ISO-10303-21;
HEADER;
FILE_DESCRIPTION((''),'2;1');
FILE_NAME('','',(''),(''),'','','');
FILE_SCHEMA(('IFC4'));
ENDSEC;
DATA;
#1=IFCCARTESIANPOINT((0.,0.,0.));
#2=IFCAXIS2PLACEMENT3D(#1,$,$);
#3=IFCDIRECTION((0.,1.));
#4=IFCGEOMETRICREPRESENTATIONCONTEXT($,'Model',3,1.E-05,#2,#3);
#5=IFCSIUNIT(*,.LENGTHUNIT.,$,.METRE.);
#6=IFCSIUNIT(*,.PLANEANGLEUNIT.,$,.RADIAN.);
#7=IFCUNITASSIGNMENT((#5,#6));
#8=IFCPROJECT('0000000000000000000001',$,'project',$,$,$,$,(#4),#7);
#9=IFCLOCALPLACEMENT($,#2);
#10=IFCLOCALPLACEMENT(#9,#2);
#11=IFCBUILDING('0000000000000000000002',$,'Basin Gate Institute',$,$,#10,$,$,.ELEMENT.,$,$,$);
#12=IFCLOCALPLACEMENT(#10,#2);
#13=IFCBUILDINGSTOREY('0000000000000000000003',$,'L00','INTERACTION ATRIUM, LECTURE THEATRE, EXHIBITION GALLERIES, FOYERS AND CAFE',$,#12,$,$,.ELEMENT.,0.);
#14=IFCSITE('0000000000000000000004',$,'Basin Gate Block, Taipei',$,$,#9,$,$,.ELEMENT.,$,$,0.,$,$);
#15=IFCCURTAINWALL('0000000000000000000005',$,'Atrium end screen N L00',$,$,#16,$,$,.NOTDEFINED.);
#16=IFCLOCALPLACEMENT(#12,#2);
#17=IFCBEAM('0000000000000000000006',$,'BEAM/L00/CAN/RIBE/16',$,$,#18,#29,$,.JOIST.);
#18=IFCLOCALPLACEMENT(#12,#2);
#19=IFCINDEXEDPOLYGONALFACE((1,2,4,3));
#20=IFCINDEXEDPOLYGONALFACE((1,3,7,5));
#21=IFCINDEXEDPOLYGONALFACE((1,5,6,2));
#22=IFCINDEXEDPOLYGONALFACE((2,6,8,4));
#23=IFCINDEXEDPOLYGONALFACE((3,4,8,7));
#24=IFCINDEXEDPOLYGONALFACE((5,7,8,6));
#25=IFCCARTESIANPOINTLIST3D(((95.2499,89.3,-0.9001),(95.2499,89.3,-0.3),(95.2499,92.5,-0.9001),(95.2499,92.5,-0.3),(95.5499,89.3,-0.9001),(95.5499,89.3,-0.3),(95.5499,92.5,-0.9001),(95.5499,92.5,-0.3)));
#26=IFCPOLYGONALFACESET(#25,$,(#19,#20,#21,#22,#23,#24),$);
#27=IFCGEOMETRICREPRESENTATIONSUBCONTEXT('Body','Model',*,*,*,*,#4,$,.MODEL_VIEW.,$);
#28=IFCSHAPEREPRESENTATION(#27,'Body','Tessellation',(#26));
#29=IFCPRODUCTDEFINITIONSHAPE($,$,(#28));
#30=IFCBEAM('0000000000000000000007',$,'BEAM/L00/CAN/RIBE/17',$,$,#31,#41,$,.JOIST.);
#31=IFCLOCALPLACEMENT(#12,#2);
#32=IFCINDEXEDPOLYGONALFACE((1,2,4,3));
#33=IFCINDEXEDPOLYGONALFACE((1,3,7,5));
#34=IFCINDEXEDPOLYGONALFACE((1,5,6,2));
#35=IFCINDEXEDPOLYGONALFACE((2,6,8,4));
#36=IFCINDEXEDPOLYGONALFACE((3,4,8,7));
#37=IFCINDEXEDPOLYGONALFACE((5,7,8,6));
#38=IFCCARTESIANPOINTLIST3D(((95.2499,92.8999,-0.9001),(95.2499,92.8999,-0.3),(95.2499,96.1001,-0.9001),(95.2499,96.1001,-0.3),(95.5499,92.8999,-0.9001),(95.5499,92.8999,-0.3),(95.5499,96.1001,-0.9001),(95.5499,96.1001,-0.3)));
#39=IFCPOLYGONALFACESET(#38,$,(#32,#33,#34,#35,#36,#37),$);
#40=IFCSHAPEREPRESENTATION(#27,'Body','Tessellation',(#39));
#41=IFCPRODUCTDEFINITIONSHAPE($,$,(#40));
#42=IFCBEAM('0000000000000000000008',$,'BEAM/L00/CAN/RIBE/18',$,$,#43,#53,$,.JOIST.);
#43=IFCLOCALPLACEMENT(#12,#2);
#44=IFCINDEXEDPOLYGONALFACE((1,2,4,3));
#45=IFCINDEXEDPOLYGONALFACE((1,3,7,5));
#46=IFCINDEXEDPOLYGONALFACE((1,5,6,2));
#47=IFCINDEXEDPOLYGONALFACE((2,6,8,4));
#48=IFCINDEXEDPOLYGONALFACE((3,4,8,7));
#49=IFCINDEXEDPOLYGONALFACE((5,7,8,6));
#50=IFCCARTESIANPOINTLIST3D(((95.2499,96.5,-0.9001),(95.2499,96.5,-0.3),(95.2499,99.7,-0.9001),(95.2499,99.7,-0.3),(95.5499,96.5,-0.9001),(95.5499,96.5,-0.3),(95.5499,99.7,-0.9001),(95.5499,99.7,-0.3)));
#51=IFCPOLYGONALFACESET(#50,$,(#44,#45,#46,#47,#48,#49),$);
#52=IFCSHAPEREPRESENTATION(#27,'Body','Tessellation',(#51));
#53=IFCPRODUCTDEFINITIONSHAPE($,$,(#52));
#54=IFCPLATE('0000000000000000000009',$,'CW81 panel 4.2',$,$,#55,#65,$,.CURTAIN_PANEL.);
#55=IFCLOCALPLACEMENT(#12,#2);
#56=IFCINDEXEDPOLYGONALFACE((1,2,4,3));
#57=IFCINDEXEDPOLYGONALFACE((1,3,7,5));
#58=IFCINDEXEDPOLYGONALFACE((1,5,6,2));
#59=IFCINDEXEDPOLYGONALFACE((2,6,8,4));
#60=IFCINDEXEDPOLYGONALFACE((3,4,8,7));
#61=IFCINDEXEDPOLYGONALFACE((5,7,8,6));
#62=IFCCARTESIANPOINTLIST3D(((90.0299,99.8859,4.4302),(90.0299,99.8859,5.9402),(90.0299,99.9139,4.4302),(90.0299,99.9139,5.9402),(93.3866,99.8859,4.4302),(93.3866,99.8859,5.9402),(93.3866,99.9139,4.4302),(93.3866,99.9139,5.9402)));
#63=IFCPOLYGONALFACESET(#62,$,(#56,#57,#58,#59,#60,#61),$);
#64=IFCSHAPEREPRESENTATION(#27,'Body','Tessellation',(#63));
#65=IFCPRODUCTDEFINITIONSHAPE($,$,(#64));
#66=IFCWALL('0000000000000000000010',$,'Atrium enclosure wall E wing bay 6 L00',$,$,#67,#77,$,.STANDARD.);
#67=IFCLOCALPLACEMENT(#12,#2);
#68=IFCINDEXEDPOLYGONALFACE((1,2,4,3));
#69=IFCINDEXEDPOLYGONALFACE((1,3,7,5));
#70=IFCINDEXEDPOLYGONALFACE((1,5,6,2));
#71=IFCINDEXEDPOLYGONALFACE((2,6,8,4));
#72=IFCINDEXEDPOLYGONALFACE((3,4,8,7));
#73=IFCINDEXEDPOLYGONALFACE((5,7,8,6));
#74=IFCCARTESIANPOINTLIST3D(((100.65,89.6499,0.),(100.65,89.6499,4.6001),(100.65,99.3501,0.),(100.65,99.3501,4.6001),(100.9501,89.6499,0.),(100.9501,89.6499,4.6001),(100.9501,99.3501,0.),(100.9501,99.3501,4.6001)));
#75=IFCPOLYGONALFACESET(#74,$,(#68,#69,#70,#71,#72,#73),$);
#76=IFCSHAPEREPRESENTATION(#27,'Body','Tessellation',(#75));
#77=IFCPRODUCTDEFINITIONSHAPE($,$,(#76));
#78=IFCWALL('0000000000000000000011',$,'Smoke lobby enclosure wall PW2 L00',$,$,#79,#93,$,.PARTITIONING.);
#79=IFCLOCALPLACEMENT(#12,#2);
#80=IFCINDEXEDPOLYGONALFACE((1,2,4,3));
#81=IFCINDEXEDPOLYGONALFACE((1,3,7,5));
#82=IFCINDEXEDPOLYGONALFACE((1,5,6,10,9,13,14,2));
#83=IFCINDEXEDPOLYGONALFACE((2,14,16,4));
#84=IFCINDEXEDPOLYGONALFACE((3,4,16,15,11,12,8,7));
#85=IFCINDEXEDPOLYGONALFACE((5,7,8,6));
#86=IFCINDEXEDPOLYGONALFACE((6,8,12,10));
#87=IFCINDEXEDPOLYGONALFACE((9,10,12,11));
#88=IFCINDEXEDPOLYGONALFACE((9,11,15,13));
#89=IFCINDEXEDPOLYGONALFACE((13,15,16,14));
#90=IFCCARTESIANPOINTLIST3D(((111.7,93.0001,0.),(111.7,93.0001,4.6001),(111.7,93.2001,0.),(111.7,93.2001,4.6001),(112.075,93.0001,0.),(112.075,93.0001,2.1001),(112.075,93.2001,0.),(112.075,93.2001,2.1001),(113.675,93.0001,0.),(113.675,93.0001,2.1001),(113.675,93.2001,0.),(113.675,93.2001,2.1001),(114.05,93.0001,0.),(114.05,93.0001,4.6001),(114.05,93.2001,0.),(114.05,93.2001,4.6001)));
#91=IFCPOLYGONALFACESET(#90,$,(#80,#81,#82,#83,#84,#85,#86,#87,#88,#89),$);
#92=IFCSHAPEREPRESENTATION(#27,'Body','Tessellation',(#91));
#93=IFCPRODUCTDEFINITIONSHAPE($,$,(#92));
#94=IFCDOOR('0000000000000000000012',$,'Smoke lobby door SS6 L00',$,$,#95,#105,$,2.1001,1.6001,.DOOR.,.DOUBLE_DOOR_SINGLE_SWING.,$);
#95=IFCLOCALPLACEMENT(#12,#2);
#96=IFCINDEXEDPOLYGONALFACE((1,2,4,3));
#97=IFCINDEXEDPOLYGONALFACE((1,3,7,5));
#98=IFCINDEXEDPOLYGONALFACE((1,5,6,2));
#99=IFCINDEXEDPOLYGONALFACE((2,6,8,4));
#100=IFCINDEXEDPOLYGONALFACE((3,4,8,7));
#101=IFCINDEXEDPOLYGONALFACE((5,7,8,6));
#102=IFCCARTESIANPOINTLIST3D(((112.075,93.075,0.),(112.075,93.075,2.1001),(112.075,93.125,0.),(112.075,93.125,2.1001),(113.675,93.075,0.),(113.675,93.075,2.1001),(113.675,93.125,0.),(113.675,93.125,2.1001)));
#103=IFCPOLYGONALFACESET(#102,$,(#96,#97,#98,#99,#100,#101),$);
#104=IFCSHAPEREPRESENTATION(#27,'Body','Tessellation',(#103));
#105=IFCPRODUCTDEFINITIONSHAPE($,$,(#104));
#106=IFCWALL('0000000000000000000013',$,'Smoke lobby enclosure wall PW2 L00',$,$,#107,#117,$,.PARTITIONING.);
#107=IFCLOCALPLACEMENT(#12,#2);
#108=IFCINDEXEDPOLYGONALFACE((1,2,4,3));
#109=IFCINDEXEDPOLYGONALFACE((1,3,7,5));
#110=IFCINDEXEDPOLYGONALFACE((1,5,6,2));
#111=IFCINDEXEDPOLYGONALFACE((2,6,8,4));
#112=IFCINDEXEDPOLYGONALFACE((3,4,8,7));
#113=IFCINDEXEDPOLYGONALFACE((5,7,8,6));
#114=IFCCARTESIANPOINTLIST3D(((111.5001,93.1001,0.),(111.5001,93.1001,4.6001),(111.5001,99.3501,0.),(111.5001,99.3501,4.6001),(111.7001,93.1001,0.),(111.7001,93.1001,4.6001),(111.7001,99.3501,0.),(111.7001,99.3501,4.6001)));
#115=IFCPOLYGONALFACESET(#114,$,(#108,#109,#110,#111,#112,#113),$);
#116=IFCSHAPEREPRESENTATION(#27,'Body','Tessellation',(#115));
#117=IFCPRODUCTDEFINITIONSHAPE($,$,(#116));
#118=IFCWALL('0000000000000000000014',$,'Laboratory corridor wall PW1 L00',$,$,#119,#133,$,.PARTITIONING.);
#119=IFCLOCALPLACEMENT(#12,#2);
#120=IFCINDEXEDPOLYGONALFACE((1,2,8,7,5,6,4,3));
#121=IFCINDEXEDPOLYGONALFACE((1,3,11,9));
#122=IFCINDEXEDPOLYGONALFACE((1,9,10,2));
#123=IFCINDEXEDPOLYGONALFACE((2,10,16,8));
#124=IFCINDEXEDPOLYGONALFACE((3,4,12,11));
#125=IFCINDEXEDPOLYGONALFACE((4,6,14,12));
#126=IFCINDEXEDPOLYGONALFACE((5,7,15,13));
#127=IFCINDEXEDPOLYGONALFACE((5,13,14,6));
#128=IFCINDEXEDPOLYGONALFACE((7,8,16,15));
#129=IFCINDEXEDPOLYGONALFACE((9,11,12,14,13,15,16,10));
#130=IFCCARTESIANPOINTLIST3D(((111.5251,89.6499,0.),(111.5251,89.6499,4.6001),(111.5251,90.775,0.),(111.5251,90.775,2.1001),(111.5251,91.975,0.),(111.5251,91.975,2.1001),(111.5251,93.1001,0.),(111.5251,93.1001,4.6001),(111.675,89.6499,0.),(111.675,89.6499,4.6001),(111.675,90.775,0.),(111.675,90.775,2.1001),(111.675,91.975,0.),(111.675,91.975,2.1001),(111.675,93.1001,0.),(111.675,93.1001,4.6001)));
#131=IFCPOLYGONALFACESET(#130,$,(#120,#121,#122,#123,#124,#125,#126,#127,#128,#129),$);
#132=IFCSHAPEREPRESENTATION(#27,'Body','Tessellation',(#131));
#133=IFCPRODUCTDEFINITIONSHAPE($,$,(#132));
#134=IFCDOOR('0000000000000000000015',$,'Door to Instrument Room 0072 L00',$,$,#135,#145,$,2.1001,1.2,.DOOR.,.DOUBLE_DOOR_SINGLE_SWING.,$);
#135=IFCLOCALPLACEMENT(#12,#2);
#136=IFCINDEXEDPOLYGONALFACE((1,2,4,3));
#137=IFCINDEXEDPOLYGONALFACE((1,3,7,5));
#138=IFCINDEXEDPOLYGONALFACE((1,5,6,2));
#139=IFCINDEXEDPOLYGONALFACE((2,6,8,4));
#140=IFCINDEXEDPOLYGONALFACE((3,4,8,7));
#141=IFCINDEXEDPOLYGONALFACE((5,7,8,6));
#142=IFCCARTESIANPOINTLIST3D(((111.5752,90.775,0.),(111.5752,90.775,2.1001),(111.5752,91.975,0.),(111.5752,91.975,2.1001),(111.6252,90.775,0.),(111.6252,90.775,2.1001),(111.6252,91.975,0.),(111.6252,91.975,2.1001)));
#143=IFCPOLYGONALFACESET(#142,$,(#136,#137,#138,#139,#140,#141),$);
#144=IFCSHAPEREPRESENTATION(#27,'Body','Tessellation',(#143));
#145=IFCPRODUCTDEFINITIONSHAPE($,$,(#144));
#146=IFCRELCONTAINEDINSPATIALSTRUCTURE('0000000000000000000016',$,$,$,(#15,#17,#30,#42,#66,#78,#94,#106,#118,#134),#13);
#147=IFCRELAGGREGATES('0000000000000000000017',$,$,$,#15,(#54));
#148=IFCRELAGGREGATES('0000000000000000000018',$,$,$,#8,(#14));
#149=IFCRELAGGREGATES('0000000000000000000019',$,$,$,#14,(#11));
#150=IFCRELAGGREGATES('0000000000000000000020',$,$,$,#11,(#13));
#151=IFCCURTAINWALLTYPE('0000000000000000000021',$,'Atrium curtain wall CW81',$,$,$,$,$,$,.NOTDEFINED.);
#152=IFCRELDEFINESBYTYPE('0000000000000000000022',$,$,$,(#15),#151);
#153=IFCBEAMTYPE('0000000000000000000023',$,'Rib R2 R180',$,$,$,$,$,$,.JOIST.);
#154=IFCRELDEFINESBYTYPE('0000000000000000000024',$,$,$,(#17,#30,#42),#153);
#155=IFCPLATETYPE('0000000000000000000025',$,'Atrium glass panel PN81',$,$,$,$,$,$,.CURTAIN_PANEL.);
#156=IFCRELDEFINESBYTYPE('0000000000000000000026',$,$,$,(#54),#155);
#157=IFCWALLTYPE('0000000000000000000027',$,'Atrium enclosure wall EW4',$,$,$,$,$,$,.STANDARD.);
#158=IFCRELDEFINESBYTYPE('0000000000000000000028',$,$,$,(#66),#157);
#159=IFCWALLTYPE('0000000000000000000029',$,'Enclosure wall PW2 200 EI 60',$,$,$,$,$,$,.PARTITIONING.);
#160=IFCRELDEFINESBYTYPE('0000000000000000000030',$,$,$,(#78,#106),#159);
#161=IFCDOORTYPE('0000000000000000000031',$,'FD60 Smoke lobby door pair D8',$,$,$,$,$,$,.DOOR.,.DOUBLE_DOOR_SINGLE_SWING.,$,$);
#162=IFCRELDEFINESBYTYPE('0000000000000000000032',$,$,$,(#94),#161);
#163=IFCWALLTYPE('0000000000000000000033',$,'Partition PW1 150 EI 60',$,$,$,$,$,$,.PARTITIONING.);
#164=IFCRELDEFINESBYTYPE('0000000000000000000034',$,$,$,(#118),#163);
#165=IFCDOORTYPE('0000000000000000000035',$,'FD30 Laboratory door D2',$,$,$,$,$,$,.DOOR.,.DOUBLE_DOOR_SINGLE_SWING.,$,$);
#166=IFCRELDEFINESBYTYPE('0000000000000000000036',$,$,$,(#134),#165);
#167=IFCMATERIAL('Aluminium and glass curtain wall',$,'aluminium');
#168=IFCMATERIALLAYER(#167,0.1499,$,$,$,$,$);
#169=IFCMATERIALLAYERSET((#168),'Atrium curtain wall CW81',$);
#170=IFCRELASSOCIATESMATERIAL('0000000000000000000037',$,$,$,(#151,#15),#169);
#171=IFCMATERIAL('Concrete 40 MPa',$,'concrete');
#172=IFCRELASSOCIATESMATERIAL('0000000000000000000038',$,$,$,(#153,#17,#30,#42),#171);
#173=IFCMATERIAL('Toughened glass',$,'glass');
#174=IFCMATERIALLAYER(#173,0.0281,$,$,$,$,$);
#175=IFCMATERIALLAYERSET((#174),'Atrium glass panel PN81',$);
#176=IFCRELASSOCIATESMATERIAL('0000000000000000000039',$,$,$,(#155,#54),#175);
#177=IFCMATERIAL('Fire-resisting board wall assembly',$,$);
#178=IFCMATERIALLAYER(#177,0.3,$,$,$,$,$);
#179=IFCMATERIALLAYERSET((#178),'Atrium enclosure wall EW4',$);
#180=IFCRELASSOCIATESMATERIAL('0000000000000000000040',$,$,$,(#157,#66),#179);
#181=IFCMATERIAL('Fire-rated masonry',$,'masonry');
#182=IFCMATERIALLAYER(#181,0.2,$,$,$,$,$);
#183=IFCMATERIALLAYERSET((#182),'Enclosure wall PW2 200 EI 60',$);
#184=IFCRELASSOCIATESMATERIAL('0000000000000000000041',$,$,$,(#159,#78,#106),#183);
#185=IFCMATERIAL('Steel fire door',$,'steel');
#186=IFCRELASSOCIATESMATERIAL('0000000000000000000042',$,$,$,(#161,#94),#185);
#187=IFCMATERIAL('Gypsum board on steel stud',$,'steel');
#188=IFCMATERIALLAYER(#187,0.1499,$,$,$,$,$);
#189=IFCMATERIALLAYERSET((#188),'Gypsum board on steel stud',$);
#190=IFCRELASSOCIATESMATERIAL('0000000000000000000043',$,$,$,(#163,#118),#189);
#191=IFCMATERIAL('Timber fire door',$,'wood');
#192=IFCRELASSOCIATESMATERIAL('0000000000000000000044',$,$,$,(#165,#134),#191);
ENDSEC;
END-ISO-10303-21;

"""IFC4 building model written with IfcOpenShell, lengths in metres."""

from ifc_helpers import new_model, si_unit, direction, frame, frame_2d, origin, origin_2d, place, context, subcontext, project, spatial, rectangle, extrude, material, layer, layer_set, material_profile, profile_set, type_object, element, fill, aggregate, save


model = new_model("IFC4")

# Units and contexts
model_context = context("Model", 3, precision=1e-05, world=origin(), true_north=direction((0.0, 1.0)))
body_context = subcontext(model_context, "Body", "Model", "MODEL_VIEW")
ifc_project = project(units=[si_unit("LENGTHUNIT", "METRE"), si_unit("PLANEANGLEUNIT", "RADIAN")], contexts=[model_context])

# Site, building, storey
site_placement = place(None, origin())
site = spatial("IfcSite", under=ifc_project, at=site_placement, Name="Basin Gate Block, Taipei", CompositionType="ELEMENT", RefElevation=0.0)
building_placement = place(site_placement, origin())
building = spatial("IfcBuilding", under=site, at=building_placement, Name="Basin Gate Institute", CompositionType="ELEMENT")
storey_placement = place(building_placement, origin())
storey = spatial("IfcBuildingStorey", under=building, at=storey_placement, Name="L00", Description="INTERACTION ATRIUM, LECTURE THEATRE, EXHIBITION GALLERIES, FOYERS AND CAFE", CompositionType="ELEMENT", Elevation=0.0)

# Curtain wall
ifc_material_1 = material(Name="Aluminium and glass curtain wall", Category="aluminium")
ifc_layer_1 = layer(ifc_material_1, 0.1499)
ifc_layer_set_1 = layer_set([ifc_layer_1], Name="Atrium curtain wall CW81")
curtain_wall_type = type_object("IfcCurtainWallType", Name="Atrium curtain wall CW81", PredefinedType="NOTDEFINED", material=ifc_layer_set_1)
curtain_wall_placement = place(storey_placement, origin())
curtain_wall = element("IfcCurtainWall", 1, at=curtain_wall_placement, inside=storey, type_object=curtain_wall_type, material=ifc_layer_set_1, Name="Atrium end screen N L00", PredefinedType="NOTDEFINED")

# Beams
ifc_material_2 = material(Name="Concrete 40 MPa", Category="concrete")
ifc_material_profile_1 = material_profile(ifc_material_2, rectangle(XDim=0.3, YDim=0.6001, at=origin_2d()), Name="Rib R2 300 x 600")
ifc_profile_set_1 = profile_set([ifc_material_profile_1], Name="Concrete 40 MPa")
beam_type_1 = type_object("IfcBeamType", Name="Rib R2 R180", PredefinedType="JOIST", material=ifc_profile_set_1)
for number, where, z_axis, x_axis, name in (
    (2, (95.3999, 89.3, -0.6001), (0.0, 1.0, 0.0), (-1.0, 0.0, 0.0), "BEAM/L00/CAN/RIBE/16"),
):
    element("IfcBeam", number, at=place(storey_placement, frame(where, z_axis=z_axis, x_axis=x_axis)), inside=storey, type_object=beam_type_1, material=ifc_profile_set_1, Name=name, PredefinedType="JOIST", context=body_context, shape_type="SweptSolid", body=[
        extrude(rectangle(XDim=0.3, YDim=0.6001, at=origin_2d()), origin(), (0.0, 0.0, 1.0), 3.2),
    ])
beam_1_placement = place(storey_placement, frame((95.3999, 92.8999, -0.6001), z_axis=(0.0, 1.0, 0.0), x_axis=(-1.0, 0.0, 0.0)))
element("IfcBeam", 3, at=beam_1_placement, inside=storey, type_object=beam_type_1, material=ifc_profile_set_1, Name="BEAM/L00/CAN/RIBE/17", PredefinedType="JOIST", context=body_context, shape_type="SweptSolid", body=[
    extrude(rectangle(XDim=0.3, YDim=0.6001, at=origin_2d()), origin(), (0.0, 0.0, 1.0), 3.2002),
])
beam_2_placement = place(storey_placement, frame((95.3999, 96.5, -0.6001), z_axis=(0.0, 1.0, 0.0), x_axis=(-1.0, 0.0, 0.0)))
element("IfcBeam", 4, at=beam_2_placement, inside=storey, type_object=beam_type_1, material=ifc_profile_set_1, Name="BEAM/L00/CAN/RIBE/18", PredefinedType="JOIST", context=body_context, shape_type="SweptSolid", body=[
    extrude(rectangle(XDim=0.3, YDim=0.6001, at=origin_2d()), origin(), (0.0, 0.0, 1.0), 3.2),
])

# Plate
ifc_material_3 = material(Name="Toughened glass", Category="glass")
ifc_layer_2 = layer(ifc_material_3, 0.0281)
ifc_layer_set_2 = layer_set([ifc_layer_2], Name="Atrium glass panel PN81")
plate_type = type_object("IfcPlateType", Name="Atrium glass panel PN81", PredefinedType="CURTAIN_PANEL", material=ifc_layer_set_2)
plate_placement = place(storey_placement, frame((91.7083, 99.8999, 4.4302), z_axis=(0.0, 0.0, 1.0), x_axis=(1.0, 0.0, 0.0)))
plate = element("IfcPlate", 5, at=plate_placement, type_object=plate_type, material=ifc_layer_set_2, Name="CW81 panel 4.2", PredefinedType="CURTAIN_PANEL", context=body_context, shape_type="SweptSolid", body=[
    extrude(rectangle(XDim=3.3567, YDim=0.0281, at=origin_2d()), origin(), (0.0, 0.0, 1.0), 1.51),
])
aggregate(curtain_wall, [plate])

# Wall
ifc_material_4 = material(Name="Fire-resisting board wall assembly")
ifc_layer_3 = layer(ifc_material_4, 0.3)
ifc_layer_set_3 = layer_set([ifc_layer_3], Name="Atrium enclosure wall EW4")
wall_type_1 = type_object("IfcWallType", Name="Atrium enclosure wall EW4", PredefinedType="STANDARD", material=ifc_layer_set_3)
wall_1_placement = place(storey_placement, frame((100.8, 89.6499, 0.0), z_axis=(0.0, 0.0, 1.0), x_axis=(0.0, 1.0, 0.0)))
element("IfcWall", 6, at=wall_1_placement, inside=storey, type_object=wall_type_1, material=ifc_layer_set_3, Name="Atrium enclosure wall E wing bay 6 L00", PredefinedType="STANDARD", context=body_context, shape_type="SweptSolid", body=[
    extrude(rectangle(XDim=9.7002, YDim=0.3, at=frame_2d((4.8501, 0.0))), origin(), (0.0, 0.0, 1.0), 4.6001),
])

# Wall, opening, door
ifc_material_5 = material(Name="Fire-rated masonry", Category="masonry")
ifc_layer_4 = layer(ifc_material_5, 0.2)
ifc_layer_set_4 = layer_set([ifc_layer_4], Name="Enclosure wall PW2 200 EI 60")
wall_type_2 = type_object("IfcWallType", Name="Enclosure wall PW2 200 EI 60", PredefinedType="PARTITIONING", material=ifc_layer_set_4)
wall_2_placement = place(storey_placement, frame((114.05, 93.1001, 0.0), z_axis=(0.0, 0.0, 1.0), x_axis=(-1.0, 0.0, 0.0)))
wall_2 = element("IfcWall", 7, at=wall_2_placement, inside=storey, type_object=wall_type_2, material=ifc_layer_set_4, Name="Smoke lobby enclosure wall PW2 L00", PredefinedType="PARTITIONING", context=body_context, shape_type="SweptSolid", body=[
    extrude(rectangle(XDim=2.3501, YDim=0.2, at=frame_2d((1.175, 0.0))), origin(), (0.0, 0.0, 1.0), 4.6001),
])
opening_1_placement = place(wall_2_placement, frame((0.375, 0.0, 0.0)))
opening_1 = element("IfcOpeningElement", 8, at=opening_1_placement, cuts=wall_2, PredefinedType="OPENING", context=body_context, shape_type="SweptSolid", body=[
    extrude(rectangle(XDim=1.6001, YDim=2.1001, at=frame_2d((0.8, 1.05))), frame((0.0, 0.1099, 0.0), z_axis=(0.0, -1.0, 0.0), x_axis=(1.0, 0.0, 0.0)), (0.0, 0.0, 1.0), 0.22),
])
ifc_material_6 = material(Name="Steel fire door", Category="steel")
door_type_1 = type_object("IfcDoorType", Name="FD60 Smoke lobby door pair D8", OperationType="DOUBLE_DOOR_SINGLE_SWING", PredefinedType="DOOR", material=ifc_material_6)
door_1_placement = place(opening_1_placement, frame((1.6001, 0.0, 0.0), z_axis=(0.0, 0.0, 1.0), x_axis=(-1.0, 0.0, 0.0)))
door_1 = element("IfcDoor", 9, at=door_1_placement, inside=storey, type_object=door_type_1, material=ifc_material_6, Name="Smoke lobby door SS6 L00", OperationType="DOUBLE_DOOR_SINGLE_SWING", OverallHeight=2.1001, OverallWidth=1.6001, PredefinedType="DOOR", context=body_context, shape_type="SweptSolid", body=[
    extrude(rectangle(XDim=1.6001, YDim=2.1001, at=frame_2d((0.8, 1.05))), frame((0.0, 0.0249, 0.0), z_axis=(0.0, -1.0, 0.0), x_axis=(1.0, 0.0, 0.0)), (0.0, 0.0, 1.0), 0.05),
])
fill(opening_1, door_1)

# Wall
wall_3_placement = place(storey_placement, frame((111.6001, 93.1001, 0.0), z_axis=(0.0, 0.0, 1.0), x_axis=(0.0, 1.0, 0.0)))
element("IfcWall", 10, at=wall_3_placement, inside=storey, type_object=wall_type_2, material=ifc_layer_set_4, Name="Smoke lobby enclosure wall PW2 L00", PredefinedType="PARTITIONING", context=body_context, shape_type="SweptSolid", body=[
    extrude(rectangle(XDim=6.25, YDim=0.2, at=frame_2d((3.125, 0.0))), origin(), (0.0, 0.0, 1.0), 4.6001),
])

# Wall, opening, door
ifc_material_7 = material(Name="Gypsum board on steel stud", Category="steel")
ifc_layer_5 = layer(ifc_material_7, 0.1499)
ifc_layer_set_5 = layer_set([ifc_layer_5], Name="Gypsum board on steel stud")
wall_type_3 = type_object("IfcWallType", Name="Partition PW1 150 EI 60", PredefinedType="PARTITIONING", material=ifc_layer_set_5)
wall_4_placement = place(storey_placement, frame((111.6001, 89.6499, 0.0), z_axis=(0.0, 0.0, 1.0), x_axis=(0.0, 1.0, 0.0)))
wall_4 = element("IfcWall", 11, at=wall_4_placement, inside=storey, type_object=wall_type_3, material=ifc_layer_set_5, Name="Laboratory corridor wall PW1 L00", PredefinedType="PARTITIONING", context=body_context, shape_type="SweptSolid", body=[
    extrude(rectangle(XDim=3.4502, YDim=0.1499, at=frame_2d((1.7251, 0.0))), origin(), (0.0, 0.0, 1.0), 4.6001),
])
opening_2_placement = place(wall_4_placement, frame((1.125, 0.0, 0.0)))
opening_2 = element("IfcOpeningElement", 12, at=opening_2_placement, cuts=wall_4, PredefinedType="OPENING", context=body_context, shape_type="SweptSolid", body=[
    extrude(rectangle(XDim=1.2, YDim=2.1001, at=frame_2d((0.6001, 1.05))), frame((0.0, 0.085, 0.0), z_axis=(0.0, -1.0, 0.0), x_axis=(1.0, 0.0, 0.0)), (0.0, 0.0, 1.0), 0.1699),
])
ifc_material_8 = material(Name="Timber fire door", Category="wood")
door_type_2 = type_object("IfcDoorType", Name="FD30 Laboratory door D2", OperationType="DOUBLE_DOOR_SINGLE_SWING", PredefinedType="DOOR", material=ifc_material_8)
door_2_placement = place(opening_2_placement, origin())
door_2 = element("IfcDoor", 13, at=door_2_placement, inside=storey, type_object=door_type_2, material=ifc_material_8, Name="Door to Instrument Room 0072 L00", OperationType="DOUBLE_DOOR_SINGLE_SWING", OverallHeight=2.1001, OverallWidth=1.2, PredefinedType="DOOR", context=body_context, shape_type="SweptSolid", body=[
    extrude(rectangle(XDim=1.2, YDim=2.1001, at=frame_2d((0.6001, 1.05))), frame((0.0, 0.0249, 0.0), z_axis=(0.0, -1.0, 0.0), x_axis=(1.0, 0.0, 0.0)), (0.0, 0.0, 1.0), 0.05),
])
fill(opening_2, door_2)

save(model, "model.ifc")
